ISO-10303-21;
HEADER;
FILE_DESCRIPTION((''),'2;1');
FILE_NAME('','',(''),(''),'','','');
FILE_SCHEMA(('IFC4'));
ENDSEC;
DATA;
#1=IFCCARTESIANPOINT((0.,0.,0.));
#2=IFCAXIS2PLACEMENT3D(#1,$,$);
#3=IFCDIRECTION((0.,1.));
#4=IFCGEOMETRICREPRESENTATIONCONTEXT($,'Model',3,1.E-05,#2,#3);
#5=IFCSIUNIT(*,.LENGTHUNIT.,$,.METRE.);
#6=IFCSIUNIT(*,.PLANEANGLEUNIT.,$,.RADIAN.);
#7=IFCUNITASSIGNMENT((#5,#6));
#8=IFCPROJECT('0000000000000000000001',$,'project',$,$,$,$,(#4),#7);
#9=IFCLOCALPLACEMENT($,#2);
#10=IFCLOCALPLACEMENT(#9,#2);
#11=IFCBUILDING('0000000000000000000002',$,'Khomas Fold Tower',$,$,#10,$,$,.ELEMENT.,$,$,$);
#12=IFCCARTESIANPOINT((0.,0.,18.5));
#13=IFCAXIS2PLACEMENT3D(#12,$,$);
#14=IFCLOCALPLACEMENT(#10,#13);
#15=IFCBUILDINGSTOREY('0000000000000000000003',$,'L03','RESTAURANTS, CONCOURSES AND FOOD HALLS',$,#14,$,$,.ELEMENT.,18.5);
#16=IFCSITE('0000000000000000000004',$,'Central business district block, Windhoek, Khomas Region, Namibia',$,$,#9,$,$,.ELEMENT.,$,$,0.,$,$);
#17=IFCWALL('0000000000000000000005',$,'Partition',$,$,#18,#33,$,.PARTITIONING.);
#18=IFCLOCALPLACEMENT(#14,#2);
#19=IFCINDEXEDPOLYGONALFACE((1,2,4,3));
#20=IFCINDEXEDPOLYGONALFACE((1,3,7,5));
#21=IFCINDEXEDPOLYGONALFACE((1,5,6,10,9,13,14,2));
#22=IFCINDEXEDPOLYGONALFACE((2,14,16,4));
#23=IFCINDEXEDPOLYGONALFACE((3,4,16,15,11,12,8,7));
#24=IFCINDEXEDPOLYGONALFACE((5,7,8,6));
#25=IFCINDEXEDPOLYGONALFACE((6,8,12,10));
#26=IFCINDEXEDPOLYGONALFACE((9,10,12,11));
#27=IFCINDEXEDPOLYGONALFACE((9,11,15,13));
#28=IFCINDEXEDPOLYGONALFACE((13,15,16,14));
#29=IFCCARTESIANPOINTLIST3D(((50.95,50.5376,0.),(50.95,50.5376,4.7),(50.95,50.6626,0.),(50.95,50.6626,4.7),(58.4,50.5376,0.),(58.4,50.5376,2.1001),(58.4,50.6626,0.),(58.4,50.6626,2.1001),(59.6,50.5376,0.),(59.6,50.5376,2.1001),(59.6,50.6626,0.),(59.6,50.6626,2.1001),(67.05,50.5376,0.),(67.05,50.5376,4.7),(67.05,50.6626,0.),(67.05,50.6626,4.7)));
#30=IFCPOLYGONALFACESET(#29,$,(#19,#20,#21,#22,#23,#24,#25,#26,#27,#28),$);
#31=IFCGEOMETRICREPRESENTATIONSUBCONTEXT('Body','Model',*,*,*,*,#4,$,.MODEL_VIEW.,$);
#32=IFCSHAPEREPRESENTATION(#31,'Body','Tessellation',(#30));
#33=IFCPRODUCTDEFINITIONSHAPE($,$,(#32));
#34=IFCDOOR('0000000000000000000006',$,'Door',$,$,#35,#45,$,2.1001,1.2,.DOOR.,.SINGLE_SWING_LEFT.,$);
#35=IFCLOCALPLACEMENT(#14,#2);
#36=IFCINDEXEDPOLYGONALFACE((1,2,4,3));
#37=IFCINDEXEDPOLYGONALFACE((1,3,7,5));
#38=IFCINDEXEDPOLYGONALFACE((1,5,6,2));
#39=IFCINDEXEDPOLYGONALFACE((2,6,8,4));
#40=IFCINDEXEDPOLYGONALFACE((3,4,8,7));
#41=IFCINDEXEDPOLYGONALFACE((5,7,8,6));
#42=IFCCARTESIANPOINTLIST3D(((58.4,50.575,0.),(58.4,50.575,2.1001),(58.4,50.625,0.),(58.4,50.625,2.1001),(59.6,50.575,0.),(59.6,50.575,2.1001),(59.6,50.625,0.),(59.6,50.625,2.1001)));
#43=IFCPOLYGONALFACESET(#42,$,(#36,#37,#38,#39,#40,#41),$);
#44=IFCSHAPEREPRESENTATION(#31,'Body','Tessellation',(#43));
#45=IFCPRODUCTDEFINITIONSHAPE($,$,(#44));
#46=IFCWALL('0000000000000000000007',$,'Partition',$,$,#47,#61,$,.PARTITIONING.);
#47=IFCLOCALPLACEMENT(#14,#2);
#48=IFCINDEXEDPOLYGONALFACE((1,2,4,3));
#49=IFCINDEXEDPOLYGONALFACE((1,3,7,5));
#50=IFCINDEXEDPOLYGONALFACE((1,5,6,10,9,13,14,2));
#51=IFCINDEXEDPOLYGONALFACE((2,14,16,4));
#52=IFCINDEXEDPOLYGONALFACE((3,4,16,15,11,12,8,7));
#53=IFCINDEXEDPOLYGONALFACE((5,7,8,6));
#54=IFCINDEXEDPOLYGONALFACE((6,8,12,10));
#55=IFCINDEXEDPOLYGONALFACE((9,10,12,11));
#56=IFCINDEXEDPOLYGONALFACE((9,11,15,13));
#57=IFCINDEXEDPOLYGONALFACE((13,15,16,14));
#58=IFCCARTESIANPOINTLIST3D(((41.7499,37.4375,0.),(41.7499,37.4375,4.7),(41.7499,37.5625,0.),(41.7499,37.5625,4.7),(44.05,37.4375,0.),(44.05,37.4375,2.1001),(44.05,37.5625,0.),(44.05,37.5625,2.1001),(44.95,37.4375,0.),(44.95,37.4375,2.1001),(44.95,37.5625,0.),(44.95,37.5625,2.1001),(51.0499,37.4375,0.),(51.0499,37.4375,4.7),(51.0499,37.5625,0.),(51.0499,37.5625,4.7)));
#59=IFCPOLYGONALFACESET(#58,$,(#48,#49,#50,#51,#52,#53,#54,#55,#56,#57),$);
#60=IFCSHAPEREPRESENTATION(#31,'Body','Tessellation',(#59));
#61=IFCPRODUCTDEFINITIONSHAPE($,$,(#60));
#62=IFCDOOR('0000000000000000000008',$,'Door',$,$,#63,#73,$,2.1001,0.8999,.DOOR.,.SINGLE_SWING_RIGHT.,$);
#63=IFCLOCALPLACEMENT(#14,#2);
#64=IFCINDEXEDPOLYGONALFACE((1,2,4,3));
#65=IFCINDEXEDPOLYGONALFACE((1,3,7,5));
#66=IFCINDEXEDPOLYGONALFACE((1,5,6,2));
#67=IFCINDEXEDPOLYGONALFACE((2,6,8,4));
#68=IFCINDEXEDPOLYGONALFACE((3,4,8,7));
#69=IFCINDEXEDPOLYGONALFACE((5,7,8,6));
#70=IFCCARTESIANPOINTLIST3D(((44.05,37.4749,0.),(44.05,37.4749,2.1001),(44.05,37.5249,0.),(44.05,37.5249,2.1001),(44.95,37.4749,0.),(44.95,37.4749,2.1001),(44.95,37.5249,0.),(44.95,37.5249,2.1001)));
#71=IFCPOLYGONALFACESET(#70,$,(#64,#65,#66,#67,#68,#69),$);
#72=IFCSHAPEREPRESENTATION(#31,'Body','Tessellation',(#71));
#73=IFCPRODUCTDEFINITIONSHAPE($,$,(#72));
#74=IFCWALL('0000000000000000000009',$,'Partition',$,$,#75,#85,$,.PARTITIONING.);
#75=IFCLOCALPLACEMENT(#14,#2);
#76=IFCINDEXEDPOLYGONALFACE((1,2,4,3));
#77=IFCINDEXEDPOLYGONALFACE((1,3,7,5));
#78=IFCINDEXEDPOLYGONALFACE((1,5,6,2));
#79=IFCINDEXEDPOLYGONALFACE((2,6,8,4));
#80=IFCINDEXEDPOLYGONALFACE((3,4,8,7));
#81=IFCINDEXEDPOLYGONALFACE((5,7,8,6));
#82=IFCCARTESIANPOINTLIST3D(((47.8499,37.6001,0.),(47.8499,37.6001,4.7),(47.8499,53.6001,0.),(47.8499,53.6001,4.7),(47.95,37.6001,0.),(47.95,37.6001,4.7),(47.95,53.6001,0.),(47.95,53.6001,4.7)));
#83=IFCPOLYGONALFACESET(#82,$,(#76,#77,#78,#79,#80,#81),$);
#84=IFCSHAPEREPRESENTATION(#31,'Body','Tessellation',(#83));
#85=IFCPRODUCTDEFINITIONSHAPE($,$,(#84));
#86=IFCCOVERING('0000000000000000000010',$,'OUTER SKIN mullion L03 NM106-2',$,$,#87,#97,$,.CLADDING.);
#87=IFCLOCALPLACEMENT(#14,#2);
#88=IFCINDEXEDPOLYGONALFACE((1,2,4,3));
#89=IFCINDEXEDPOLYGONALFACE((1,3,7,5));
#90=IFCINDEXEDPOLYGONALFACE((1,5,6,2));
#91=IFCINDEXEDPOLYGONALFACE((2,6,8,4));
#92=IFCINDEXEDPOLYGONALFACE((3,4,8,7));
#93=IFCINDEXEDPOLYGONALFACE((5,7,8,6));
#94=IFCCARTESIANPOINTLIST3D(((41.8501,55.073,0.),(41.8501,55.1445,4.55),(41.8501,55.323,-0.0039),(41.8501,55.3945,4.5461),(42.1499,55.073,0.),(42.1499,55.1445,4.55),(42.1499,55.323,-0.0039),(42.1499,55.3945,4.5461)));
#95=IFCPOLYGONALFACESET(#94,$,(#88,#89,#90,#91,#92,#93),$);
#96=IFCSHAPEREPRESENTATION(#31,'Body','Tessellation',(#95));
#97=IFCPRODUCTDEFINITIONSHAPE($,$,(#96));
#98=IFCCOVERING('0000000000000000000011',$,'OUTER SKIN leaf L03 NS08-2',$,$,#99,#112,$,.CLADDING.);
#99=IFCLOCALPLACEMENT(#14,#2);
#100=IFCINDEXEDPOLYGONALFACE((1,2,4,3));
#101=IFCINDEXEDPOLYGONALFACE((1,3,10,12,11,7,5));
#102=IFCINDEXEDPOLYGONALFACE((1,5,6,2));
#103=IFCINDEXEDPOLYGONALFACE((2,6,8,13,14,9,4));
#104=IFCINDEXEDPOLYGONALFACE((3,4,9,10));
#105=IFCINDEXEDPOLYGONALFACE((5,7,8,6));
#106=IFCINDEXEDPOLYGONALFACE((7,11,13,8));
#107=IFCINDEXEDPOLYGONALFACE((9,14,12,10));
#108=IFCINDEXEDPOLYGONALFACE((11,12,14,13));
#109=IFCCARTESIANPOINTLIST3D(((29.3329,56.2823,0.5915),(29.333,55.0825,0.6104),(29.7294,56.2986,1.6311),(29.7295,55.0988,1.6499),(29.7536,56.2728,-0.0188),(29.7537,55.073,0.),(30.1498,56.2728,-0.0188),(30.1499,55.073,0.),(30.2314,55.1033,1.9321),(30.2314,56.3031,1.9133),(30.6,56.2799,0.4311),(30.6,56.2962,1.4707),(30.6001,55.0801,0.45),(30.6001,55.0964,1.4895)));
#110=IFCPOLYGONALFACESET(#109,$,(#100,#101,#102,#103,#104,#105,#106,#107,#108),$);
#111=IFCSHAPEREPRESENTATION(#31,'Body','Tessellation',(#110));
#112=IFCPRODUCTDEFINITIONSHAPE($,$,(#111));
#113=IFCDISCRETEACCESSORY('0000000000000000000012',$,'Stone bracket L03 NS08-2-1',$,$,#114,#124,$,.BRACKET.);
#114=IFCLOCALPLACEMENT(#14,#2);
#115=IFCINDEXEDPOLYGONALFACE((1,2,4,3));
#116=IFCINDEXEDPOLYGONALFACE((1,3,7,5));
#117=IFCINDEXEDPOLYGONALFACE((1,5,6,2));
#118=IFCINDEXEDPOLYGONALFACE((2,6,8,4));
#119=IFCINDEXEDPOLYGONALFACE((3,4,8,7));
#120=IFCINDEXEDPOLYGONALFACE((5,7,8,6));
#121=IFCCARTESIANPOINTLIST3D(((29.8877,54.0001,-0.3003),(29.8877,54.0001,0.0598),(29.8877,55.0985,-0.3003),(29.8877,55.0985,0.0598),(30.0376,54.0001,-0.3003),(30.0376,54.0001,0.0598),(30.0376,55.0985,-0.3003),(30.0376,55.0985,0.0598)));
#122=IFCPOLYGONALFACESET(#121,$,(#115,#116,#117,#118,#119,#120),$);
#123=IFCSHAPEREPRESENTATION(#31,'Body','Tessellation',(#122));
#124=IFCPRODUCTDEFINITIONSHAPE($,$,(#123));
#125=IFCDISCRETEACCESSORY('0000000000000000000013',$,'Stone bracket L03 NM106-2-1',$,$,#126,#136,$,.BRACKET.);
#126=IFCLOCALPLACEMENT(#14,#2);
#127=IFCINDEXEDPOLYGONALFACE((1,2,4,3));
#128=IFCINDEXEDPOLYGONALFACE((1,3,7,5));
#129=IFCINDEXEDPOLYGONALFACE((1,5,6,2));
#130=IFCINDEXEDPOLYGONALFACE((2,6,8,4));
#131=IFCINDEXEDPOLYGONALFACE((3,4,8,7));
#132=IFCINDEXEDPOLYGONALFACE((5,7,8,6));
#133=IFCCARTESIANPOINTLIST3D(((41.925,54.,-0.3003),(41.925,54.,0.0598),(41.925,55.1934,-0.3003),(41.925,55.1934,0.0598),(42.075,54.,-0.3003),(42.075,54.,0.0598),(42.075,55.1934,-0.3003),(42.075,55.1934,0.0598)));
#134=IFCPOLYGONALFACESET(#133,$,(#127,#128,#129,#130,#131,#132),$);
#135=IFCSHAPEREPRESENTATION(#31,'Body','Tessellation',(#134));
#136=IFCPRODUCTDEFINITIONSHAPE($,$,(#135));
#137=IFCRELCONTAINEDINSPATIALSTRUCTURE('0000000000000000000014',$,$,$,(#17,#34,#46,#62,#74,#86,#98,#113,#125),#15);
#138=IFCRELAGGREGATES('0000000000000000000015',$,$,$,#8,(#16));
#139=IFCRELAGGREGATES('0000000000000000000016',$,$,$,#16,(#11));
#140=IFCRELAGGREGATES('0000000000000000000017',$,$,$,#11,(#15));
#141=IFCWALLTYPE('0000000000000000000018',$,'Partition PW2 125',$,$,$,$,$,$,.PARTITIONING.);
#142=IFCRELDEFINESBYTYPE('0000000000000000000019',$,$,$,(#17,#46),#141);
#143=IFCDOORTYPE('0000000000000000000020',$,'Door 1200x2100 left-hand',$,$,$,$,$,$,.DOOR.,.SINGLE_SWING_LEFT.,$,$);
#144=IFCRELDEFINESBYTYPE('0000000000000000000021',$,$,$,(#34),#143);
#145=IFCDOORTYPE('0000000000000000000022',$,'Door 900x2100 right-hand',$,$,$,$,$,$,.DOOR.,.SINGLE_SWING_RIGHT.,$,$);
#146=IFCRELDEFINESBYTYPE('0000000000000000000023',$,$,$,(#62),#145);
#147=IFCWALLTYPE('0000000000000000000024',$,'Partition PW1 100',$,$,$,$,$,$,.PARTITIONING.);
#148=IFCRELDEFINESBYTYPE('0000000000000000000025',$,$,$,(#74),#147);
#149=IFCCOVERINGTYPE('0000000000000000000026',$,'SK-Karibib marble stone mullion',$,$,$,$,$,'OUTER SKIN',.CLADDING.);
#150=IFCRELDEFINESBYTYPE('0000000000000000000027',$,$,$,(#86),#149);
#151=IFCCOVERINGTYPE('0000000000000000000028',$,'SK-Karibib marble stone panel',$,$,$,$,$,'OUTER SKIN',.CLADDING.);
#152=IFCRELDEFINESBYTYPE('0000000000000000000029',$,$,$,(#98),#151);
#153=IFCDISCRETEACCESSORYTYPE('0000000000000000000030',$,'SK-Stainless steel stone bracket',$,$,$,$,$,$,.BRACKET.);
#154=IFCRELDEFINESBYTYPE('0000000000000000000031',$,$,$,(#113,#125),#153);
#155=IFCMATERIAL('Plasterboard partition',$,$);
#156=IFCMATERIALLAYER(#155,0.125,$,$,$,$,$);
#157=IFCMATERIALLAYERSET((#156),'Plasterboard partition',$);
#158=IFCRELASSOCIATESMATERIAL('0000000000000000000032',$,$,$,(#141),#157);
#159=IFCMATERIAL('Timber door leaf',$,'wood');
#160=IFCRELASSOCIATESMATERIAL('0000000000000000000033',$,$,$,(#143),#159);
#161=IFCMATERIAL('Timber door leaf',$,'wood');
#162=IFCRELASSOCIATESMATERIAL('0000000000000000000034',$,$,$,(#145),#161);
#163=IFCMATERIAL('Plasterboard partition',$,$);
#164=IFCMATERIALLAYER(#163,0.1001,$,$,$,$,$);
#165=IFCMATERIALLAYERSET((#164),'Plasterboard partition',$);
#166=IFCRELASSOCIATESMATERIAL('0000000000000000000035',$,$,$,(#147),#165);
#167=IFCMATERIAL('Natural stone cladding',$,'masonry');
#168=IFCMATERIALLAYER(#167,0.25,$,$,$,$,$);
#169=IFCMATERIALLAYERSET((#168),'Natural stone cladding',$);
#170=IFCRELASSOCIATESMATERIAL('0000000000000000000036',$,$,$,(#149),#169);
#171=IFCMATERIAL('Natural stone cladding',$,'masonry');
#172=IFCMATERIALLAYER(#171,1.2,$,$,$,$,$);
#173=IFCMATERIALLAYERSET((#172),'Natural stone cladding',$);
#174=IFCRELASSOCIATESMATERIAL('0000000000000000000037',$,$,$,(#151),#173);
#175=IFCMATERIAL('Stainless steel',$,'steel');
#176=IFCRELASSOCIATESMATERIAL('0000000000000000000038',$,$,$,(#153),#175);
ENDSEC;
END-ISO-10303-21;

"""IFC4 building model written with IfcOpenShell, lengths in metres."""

from ifc_helpers import new_model, si_unit, direction, frame, frame_2d, origin, origin_2d, place, context, subcontext, project, spatial, polyline, rectangle, outline, extrude, source, transform, mapped, material, layer, layer_set, type_object, element, fill, save


model = new_model("IFC4")

# Units and contexts
model_context = context("Model", 3, precision=1e-05, world=origin(), true_north=direction((0.0, 1.0)))
body_context = subcontext(model_context, "Body", "Model", "MODEL_VIEW")
ifc_project = project(units=[si_unit("LENGTHUNIT", "METRE"), si_unit("PLANEANGLEUNIT", "RADIAN")], contexts=[model_context])

# Site, building, storey
site_placement = place(None, origin())
site = spatial("IfcSite", under=ifc_project, at=site_placement, Name="Central business district block, Windhoek, Khomas Region, Namibia", CompositionType="ELEMENT", RefElevation=0.0)
building_placement = place(site_placement, origin())
building = spatial("IfcBuilding", under=site, at=building_placement, Name="Khomas Fold Tower", CompositionType="ELEMENT")
storey_placement = place(building_placement, frame((0.0, 0.0, 18.5)))
storey = spatial("IfcBuildingStorey", under=building, at=storey_placement, Name="L03", Description="RESTAURANTS, CONCOURSES AND FOOD HALLS", CompositionType="ELEMENT", Elevation=18.5)

# Walls, openings, doors
ifc_material_1 = material(Name="Plasterboard partition")
ifc_layer_1 = layer(ifc_material_1, 0.125)
ifc_layer_set_1 = layer_set([ifc_layer_1], Name="Plasterboard partition")
wall_type_1 = type_object("IfcWallType", Name="Partition PW2 125", PredefinedType="PARTITIONING", material=ifc_layer_set_1)
shared_shape_1 = source(origin(), body_context, "Body", "SweptSolid", [
    extrude(rectangle(XDim=16.1001, YDim=0.125, at=frame_2d((8.05, 0.0))), origin(), (0.0, 0.0, 1.0), 4.7),
])
wall_1_placement = place(storey_placement, frame((50.95, 50.6001, 0.0), z_axis=(0.0, 0.0, 1.0), x_axis=(1.0, 0.0, 0.0)))
wall_1 = element("IfcWall", 1, at=wall_1_placement, inside=storey, type_object=wall_type_1, Name="Partition", PredefinedType="PARTITIONING", context=body_context, shape_type="MappedRepresentation", body=[
    mapped(shared_shape_1, transform((0.0, 0.0, 0.0))),
])
shared_shape_2 = source(origin(), body_context, "Body", "SweptSolid", [
    extrude(rectangle(XDim=1.2, YDim=2.1001, at=frame_2d((0.6001, 1.05))), frame((0.0, 0.0725, 0.0), z_axis=(0.0, -1.0, 0.0), x_axis=(1.0, 0.0, 0.0)), (0.0, 0.0, 1.0), 0.145),
])
opening_1_placement = place(wall_1_placement, frame((7.45, 0.0, 0.0)))
opening_1 = element("IfcOpeningElement", 2, at=opening_1_placement, cuts=wall_1, PredefinedType="OPENING", context=body_context, shape_type="MappedRepresentation", body=[
    mapped(shared_shape_2, transform((0.0, 0.0, 0.0))),
])
ifc_material_2 = material(Name="Timber door leaf", Category="wood")
door_type_1 = type_object("IfcDoorType", Name="Door 1200x2100 left-hand", OperationType="SINGLE_SWING_LEFT", PredefinedType="DOOR", material=ifc_material_2)
shared_shape_3 = source(origin(), body_context, "Body", "SweptSolid", [
    extrude(rectangle(XDim=1.2, YDim=2.1001, at=frame_2d((0.6001, 1.05))), frame((0.0, 0.0249, 0.0), z_axis=(0.0, -1.0, 0.0), x_axis=(1.0, 0.0, 0.0)), (0.0, 0.0, 1.0), 0.05),
])
door_1_placement = place(opening_1_placement, origin())
door_1 = element("IfcDoor", 3, at=door_1_placement, inside=storey, type_object=door_type_1, Name="Door", OperationType="SINGLE_SWING_LEFT", OverallHeight=2.1001, OverallWidth=1.2, PredefinedType="DOOR", context=body_context, shape_type="MappedRepresentation", body=[
    mapped(shared_shape_3, transform((0.0, 0.0, 0.0))),
])
fill(opening_1, door_1)
shared_shape_4 = source(origin(), body_context, "Body", "SweptSolid", [
    extrude(rectangle(XDim=9.3, YDim=0.125, at=frame_2d((4.6499, 0.0))), origin(), (0.0, 0.0, 1.0), 4.7),
])
wall_2_placement = place(storey_placement, frame((41.75, 37.5, 0.0), z_axis=(0.0, 0.0, 1.0), x_axis=(1.0, 0.0, 0.0)))
wall_2 = element("IfcWall", 4, at=wall_2_placement, inside=storey, type_object=wall_type_1, Name="Partition", PredefinedType="PARTITIONING", context=body_context, shape_type="MappedRepresentation", body=[
    mapped(shared_shape_4, transform((0.0, 0.0, 0.0))),
])
shared_shape_5 = source(origin(), body_context, "Body", "SweptSolid", [
    extrude(rectangle(XDim=0.8999, YDim=2.1001, at=frame_2d((0.45, 1.05))), frame((0.0, 0.0725, 0.0), z_axis=(0.0, -1.0, 0.0), x_axis=(1.0, 0.0, 0.0)), (0.0, 0.0, 1.0), 0.145),
])
opening_2_placement = place(wall_2_placement, frame((2.3, 0.0, 0.0)))
opening_2 = element("IfcOpeningElement", 5, at=opening_2_placement, cuts=wall_2, PredefinedType="OPENING", context=body_context, shape_type="MappedRepresentation", body=[
    mapped(shared_shape_5, transform((0.0, 0.0, 0.0))),
])
ifc_material_3 = material(Name="Timber door leaf", Category="wood")
door_type_2 = type_object("IfcDoorType", Name="Door 900x2100 right-hand", OperationType="SINGLE_SWING_RIGHT", PredefinedType="DOOR", material=ifc_material_3)
shared_shape_6 = source(origin(), body_context, "Body", "SweptSolid", [
    extrude(rectangle(XDim=0.8999, YDim=2.1001, at=frame_2d((0.45, 1.05))), frame((0.0, 0.0249, 0.0), z_axis=(0.0, -1.0, 0.0), x_axis=(1.0, 0.0, 0.0)), (0.0, 0.0, 1.0), 0.05),
])
door_2_placement = place(opening_2_placement, origin())
door_2 = element("IfcDoor", 6, at=door_2_placement, inside=storey, type_object=door_type_2, Name="Door", OperationType="SINGLE_SWING_RIGHT", OverallHeight=2.1001, OverallWidth=0.8999, PredefinedType="DOOR", context=body_context, shape_type="MappedRepresentation", body=[
    mapped(shared_shape_6, transform((0.0, 0.0, 0.0))),
])
fill(opening_2, door_2)

# Wall
ifc_material_4 = material(Name="Plasterboard partition")
ifc_layer_2 = layer(ifc_material_4, 0.1001)
ifc_layer_set_2 = layer_set([ifc_layer_2], Name="Plasterboard partition")
wall_type_2 = type_object("IfcWallType", Name="Partition PW1 100", PredefinedType="PARTITIONING", material=ifc_layer_set_2)
shared_shape_7 = source(origin(), body_context, "Body", "SweptSolid", [
    extrude(rectangle(XDim=16.0, YDim=0.1001, at=frame_2d((8.0, 0.0))), origin(), (0.0, 0.0, 1.0), 4.7),
])
wall_3_placement = place(storey_placement, frame((47.8999, 37.6001, 0.0), z_axis=(0.0, 0.0, 1.0), x_axis=(0.0, 1.0, 0.0)))
element("IfcWall", 7, at=wall_3_placement, inside=storey, type_object=wall_type_2, Name="Partition", PredefinedType="PARTITIONING", context=body_context, shape_type="MappedRepresentation", body=[
    mapped(shared_shape_7, transform((0.0, 0.0, 0.0))),
])

# Coverings
ifc_material_5 = material(Name="Natural stone cladding", Category="masonry")
ifc_layer_3 = layer(ifc_material_5, 0.25)
ifc_layer_set_3 = layer_set([ifc_layer_3], Name="Natural stone cladding")
covering_type_1 = type_object("IfcCoveringType", Name="SK-Karibib marble stone mullion", ElementType="OUTER SKIN", PredefinedType="CLADDING", material=ifc_layer_set_3)
covering_1_placement = place(storey_placement, frame((42.1499, 55.1445, 4.55), z_axis=(0.0, -0.999876, 0.015719), x_axis=(0.0, -0.015719, -0.999876)))
element("IfcCovering", 8, at=covering_1_placement, inside=storey, type_object=covering_type_1, Name="OUTER SKIN mullion L03 NM106-2", PredefinedType="CLADDING", context=body_context, shape_type="SweptSolid", body=[
    extrude(outline(polyline([(0.0, 0.0), (4.5506, 0.0), (4.5506, -0.2998), (0.0, -0.2998), (0.0, 0.0)])), origin(), (0.0, 0.0, -1.0), 0.25),
])
ifc_material_6 = material(Name="Natural stone cladding", Category="masonry")
ifc_layer_4 = layer(ifc_material_6, 1.2)
ifc_layer_set_4 = layer_set([ifc_layer_4], Name="Natural stone cladding")
covering_type_2 = type_object("IfcCoveringType", Name="SK-Karibib marble stone panel", ElementType="OUTER SKIN", PredefinedType="CLADDING", material=ifc_layer_set_4)
covering_2_placement = place(storey_placement, frame((30.1499, 55.073, 0.0), z_axis=(0.000064, -0.999877, 0.01568), x_axis=(-1.0, -0.000064, 0.000001)))
element("IfcCovering", 9, at=covering_2_placement, inside=storey, type_object=covering_type_2, Name="OUTER SKIN leaf L03 NS08-2", PredefinedType="CLADDING", context=body_context, shape_type="SweptSolid", body=[
    extrude(outline(polyline([(0.0, 0.0), (0.3962, 0.0), (0.8169, -0.6104), (0.4204, -1.6501), (-0.0815, -1.9324), (-0.4502, -1.4897), (-0.4502, -0.45), (0.0, 0.0)])), origin(), (0.0, 0.0, -1.0), 1.2),
])

# Discrete accessories
ifc_material_7 = material(Name="Stainless steel", Category="steel")
discrete_accessory_type = type_object("IfcDiscreteAccessoryType", Name="SK-Stainless steel stone bracket", PredefinedType="BRACKET", material=ifc_material_7)
shared_shape_8 = source(origin(), body_context, "Body", "SweptSolid", [
    extrude(rectangle(XDim=1.0984, YDim=0.1499, at=origin_2d()), origin(), (0.0, 0.0, 1.0), 0.3601),
])
discrete_accessory_1_placement = place(storey_placement, frame((29.9626, 54.5493, -0.3003), z_axis=(0.0, 0.0, 1.0), x_axis=(0.0, 1.0, 0.0)))
element("IfcDiscreteAccessory", 10, at=discrete_accessory_1_placement, inside=storey, type_object=discrete_accessory_type, Name="Stone bracket L03 NS08-2-1", PredefinedType="BRACKET", context=body_context, shape_type="MappedRepresentation", body=[
    mapped(shared_shape_8, transform((0.0, 0.0, 0.0))),
])
shared_shape_9 = source(origin(), body_context, "Body", "SweptSolid", [
    extrude(rectangle(XDim=1.1934, YDim=0.1499, at=origin_2d()), origin(), (0.0, 0.0, 1.0), 0.3601),
])
discrete_accessory_2_placement = place(storey_placement, frame((42.0, 54.5967, -0.3003), z_axis=(0.0, 0.0, 1.0), x_axis=(0.0, 1.0, 0.0)))
element("IfcDiscreteAccessory", 11, at=discrete_accessory_2_placement, inside=storey, type_object=discrete_accessory_type, Name="Stone bracket L03 NM106-2-1", PredefinedType="BRACKET", context=body_context, shape_type="MappedRepresentation", body=[
    mapped(shared_shape_9, transform((0.0, 0.0, 0.0))),
])

save(model, "model.ifc")
